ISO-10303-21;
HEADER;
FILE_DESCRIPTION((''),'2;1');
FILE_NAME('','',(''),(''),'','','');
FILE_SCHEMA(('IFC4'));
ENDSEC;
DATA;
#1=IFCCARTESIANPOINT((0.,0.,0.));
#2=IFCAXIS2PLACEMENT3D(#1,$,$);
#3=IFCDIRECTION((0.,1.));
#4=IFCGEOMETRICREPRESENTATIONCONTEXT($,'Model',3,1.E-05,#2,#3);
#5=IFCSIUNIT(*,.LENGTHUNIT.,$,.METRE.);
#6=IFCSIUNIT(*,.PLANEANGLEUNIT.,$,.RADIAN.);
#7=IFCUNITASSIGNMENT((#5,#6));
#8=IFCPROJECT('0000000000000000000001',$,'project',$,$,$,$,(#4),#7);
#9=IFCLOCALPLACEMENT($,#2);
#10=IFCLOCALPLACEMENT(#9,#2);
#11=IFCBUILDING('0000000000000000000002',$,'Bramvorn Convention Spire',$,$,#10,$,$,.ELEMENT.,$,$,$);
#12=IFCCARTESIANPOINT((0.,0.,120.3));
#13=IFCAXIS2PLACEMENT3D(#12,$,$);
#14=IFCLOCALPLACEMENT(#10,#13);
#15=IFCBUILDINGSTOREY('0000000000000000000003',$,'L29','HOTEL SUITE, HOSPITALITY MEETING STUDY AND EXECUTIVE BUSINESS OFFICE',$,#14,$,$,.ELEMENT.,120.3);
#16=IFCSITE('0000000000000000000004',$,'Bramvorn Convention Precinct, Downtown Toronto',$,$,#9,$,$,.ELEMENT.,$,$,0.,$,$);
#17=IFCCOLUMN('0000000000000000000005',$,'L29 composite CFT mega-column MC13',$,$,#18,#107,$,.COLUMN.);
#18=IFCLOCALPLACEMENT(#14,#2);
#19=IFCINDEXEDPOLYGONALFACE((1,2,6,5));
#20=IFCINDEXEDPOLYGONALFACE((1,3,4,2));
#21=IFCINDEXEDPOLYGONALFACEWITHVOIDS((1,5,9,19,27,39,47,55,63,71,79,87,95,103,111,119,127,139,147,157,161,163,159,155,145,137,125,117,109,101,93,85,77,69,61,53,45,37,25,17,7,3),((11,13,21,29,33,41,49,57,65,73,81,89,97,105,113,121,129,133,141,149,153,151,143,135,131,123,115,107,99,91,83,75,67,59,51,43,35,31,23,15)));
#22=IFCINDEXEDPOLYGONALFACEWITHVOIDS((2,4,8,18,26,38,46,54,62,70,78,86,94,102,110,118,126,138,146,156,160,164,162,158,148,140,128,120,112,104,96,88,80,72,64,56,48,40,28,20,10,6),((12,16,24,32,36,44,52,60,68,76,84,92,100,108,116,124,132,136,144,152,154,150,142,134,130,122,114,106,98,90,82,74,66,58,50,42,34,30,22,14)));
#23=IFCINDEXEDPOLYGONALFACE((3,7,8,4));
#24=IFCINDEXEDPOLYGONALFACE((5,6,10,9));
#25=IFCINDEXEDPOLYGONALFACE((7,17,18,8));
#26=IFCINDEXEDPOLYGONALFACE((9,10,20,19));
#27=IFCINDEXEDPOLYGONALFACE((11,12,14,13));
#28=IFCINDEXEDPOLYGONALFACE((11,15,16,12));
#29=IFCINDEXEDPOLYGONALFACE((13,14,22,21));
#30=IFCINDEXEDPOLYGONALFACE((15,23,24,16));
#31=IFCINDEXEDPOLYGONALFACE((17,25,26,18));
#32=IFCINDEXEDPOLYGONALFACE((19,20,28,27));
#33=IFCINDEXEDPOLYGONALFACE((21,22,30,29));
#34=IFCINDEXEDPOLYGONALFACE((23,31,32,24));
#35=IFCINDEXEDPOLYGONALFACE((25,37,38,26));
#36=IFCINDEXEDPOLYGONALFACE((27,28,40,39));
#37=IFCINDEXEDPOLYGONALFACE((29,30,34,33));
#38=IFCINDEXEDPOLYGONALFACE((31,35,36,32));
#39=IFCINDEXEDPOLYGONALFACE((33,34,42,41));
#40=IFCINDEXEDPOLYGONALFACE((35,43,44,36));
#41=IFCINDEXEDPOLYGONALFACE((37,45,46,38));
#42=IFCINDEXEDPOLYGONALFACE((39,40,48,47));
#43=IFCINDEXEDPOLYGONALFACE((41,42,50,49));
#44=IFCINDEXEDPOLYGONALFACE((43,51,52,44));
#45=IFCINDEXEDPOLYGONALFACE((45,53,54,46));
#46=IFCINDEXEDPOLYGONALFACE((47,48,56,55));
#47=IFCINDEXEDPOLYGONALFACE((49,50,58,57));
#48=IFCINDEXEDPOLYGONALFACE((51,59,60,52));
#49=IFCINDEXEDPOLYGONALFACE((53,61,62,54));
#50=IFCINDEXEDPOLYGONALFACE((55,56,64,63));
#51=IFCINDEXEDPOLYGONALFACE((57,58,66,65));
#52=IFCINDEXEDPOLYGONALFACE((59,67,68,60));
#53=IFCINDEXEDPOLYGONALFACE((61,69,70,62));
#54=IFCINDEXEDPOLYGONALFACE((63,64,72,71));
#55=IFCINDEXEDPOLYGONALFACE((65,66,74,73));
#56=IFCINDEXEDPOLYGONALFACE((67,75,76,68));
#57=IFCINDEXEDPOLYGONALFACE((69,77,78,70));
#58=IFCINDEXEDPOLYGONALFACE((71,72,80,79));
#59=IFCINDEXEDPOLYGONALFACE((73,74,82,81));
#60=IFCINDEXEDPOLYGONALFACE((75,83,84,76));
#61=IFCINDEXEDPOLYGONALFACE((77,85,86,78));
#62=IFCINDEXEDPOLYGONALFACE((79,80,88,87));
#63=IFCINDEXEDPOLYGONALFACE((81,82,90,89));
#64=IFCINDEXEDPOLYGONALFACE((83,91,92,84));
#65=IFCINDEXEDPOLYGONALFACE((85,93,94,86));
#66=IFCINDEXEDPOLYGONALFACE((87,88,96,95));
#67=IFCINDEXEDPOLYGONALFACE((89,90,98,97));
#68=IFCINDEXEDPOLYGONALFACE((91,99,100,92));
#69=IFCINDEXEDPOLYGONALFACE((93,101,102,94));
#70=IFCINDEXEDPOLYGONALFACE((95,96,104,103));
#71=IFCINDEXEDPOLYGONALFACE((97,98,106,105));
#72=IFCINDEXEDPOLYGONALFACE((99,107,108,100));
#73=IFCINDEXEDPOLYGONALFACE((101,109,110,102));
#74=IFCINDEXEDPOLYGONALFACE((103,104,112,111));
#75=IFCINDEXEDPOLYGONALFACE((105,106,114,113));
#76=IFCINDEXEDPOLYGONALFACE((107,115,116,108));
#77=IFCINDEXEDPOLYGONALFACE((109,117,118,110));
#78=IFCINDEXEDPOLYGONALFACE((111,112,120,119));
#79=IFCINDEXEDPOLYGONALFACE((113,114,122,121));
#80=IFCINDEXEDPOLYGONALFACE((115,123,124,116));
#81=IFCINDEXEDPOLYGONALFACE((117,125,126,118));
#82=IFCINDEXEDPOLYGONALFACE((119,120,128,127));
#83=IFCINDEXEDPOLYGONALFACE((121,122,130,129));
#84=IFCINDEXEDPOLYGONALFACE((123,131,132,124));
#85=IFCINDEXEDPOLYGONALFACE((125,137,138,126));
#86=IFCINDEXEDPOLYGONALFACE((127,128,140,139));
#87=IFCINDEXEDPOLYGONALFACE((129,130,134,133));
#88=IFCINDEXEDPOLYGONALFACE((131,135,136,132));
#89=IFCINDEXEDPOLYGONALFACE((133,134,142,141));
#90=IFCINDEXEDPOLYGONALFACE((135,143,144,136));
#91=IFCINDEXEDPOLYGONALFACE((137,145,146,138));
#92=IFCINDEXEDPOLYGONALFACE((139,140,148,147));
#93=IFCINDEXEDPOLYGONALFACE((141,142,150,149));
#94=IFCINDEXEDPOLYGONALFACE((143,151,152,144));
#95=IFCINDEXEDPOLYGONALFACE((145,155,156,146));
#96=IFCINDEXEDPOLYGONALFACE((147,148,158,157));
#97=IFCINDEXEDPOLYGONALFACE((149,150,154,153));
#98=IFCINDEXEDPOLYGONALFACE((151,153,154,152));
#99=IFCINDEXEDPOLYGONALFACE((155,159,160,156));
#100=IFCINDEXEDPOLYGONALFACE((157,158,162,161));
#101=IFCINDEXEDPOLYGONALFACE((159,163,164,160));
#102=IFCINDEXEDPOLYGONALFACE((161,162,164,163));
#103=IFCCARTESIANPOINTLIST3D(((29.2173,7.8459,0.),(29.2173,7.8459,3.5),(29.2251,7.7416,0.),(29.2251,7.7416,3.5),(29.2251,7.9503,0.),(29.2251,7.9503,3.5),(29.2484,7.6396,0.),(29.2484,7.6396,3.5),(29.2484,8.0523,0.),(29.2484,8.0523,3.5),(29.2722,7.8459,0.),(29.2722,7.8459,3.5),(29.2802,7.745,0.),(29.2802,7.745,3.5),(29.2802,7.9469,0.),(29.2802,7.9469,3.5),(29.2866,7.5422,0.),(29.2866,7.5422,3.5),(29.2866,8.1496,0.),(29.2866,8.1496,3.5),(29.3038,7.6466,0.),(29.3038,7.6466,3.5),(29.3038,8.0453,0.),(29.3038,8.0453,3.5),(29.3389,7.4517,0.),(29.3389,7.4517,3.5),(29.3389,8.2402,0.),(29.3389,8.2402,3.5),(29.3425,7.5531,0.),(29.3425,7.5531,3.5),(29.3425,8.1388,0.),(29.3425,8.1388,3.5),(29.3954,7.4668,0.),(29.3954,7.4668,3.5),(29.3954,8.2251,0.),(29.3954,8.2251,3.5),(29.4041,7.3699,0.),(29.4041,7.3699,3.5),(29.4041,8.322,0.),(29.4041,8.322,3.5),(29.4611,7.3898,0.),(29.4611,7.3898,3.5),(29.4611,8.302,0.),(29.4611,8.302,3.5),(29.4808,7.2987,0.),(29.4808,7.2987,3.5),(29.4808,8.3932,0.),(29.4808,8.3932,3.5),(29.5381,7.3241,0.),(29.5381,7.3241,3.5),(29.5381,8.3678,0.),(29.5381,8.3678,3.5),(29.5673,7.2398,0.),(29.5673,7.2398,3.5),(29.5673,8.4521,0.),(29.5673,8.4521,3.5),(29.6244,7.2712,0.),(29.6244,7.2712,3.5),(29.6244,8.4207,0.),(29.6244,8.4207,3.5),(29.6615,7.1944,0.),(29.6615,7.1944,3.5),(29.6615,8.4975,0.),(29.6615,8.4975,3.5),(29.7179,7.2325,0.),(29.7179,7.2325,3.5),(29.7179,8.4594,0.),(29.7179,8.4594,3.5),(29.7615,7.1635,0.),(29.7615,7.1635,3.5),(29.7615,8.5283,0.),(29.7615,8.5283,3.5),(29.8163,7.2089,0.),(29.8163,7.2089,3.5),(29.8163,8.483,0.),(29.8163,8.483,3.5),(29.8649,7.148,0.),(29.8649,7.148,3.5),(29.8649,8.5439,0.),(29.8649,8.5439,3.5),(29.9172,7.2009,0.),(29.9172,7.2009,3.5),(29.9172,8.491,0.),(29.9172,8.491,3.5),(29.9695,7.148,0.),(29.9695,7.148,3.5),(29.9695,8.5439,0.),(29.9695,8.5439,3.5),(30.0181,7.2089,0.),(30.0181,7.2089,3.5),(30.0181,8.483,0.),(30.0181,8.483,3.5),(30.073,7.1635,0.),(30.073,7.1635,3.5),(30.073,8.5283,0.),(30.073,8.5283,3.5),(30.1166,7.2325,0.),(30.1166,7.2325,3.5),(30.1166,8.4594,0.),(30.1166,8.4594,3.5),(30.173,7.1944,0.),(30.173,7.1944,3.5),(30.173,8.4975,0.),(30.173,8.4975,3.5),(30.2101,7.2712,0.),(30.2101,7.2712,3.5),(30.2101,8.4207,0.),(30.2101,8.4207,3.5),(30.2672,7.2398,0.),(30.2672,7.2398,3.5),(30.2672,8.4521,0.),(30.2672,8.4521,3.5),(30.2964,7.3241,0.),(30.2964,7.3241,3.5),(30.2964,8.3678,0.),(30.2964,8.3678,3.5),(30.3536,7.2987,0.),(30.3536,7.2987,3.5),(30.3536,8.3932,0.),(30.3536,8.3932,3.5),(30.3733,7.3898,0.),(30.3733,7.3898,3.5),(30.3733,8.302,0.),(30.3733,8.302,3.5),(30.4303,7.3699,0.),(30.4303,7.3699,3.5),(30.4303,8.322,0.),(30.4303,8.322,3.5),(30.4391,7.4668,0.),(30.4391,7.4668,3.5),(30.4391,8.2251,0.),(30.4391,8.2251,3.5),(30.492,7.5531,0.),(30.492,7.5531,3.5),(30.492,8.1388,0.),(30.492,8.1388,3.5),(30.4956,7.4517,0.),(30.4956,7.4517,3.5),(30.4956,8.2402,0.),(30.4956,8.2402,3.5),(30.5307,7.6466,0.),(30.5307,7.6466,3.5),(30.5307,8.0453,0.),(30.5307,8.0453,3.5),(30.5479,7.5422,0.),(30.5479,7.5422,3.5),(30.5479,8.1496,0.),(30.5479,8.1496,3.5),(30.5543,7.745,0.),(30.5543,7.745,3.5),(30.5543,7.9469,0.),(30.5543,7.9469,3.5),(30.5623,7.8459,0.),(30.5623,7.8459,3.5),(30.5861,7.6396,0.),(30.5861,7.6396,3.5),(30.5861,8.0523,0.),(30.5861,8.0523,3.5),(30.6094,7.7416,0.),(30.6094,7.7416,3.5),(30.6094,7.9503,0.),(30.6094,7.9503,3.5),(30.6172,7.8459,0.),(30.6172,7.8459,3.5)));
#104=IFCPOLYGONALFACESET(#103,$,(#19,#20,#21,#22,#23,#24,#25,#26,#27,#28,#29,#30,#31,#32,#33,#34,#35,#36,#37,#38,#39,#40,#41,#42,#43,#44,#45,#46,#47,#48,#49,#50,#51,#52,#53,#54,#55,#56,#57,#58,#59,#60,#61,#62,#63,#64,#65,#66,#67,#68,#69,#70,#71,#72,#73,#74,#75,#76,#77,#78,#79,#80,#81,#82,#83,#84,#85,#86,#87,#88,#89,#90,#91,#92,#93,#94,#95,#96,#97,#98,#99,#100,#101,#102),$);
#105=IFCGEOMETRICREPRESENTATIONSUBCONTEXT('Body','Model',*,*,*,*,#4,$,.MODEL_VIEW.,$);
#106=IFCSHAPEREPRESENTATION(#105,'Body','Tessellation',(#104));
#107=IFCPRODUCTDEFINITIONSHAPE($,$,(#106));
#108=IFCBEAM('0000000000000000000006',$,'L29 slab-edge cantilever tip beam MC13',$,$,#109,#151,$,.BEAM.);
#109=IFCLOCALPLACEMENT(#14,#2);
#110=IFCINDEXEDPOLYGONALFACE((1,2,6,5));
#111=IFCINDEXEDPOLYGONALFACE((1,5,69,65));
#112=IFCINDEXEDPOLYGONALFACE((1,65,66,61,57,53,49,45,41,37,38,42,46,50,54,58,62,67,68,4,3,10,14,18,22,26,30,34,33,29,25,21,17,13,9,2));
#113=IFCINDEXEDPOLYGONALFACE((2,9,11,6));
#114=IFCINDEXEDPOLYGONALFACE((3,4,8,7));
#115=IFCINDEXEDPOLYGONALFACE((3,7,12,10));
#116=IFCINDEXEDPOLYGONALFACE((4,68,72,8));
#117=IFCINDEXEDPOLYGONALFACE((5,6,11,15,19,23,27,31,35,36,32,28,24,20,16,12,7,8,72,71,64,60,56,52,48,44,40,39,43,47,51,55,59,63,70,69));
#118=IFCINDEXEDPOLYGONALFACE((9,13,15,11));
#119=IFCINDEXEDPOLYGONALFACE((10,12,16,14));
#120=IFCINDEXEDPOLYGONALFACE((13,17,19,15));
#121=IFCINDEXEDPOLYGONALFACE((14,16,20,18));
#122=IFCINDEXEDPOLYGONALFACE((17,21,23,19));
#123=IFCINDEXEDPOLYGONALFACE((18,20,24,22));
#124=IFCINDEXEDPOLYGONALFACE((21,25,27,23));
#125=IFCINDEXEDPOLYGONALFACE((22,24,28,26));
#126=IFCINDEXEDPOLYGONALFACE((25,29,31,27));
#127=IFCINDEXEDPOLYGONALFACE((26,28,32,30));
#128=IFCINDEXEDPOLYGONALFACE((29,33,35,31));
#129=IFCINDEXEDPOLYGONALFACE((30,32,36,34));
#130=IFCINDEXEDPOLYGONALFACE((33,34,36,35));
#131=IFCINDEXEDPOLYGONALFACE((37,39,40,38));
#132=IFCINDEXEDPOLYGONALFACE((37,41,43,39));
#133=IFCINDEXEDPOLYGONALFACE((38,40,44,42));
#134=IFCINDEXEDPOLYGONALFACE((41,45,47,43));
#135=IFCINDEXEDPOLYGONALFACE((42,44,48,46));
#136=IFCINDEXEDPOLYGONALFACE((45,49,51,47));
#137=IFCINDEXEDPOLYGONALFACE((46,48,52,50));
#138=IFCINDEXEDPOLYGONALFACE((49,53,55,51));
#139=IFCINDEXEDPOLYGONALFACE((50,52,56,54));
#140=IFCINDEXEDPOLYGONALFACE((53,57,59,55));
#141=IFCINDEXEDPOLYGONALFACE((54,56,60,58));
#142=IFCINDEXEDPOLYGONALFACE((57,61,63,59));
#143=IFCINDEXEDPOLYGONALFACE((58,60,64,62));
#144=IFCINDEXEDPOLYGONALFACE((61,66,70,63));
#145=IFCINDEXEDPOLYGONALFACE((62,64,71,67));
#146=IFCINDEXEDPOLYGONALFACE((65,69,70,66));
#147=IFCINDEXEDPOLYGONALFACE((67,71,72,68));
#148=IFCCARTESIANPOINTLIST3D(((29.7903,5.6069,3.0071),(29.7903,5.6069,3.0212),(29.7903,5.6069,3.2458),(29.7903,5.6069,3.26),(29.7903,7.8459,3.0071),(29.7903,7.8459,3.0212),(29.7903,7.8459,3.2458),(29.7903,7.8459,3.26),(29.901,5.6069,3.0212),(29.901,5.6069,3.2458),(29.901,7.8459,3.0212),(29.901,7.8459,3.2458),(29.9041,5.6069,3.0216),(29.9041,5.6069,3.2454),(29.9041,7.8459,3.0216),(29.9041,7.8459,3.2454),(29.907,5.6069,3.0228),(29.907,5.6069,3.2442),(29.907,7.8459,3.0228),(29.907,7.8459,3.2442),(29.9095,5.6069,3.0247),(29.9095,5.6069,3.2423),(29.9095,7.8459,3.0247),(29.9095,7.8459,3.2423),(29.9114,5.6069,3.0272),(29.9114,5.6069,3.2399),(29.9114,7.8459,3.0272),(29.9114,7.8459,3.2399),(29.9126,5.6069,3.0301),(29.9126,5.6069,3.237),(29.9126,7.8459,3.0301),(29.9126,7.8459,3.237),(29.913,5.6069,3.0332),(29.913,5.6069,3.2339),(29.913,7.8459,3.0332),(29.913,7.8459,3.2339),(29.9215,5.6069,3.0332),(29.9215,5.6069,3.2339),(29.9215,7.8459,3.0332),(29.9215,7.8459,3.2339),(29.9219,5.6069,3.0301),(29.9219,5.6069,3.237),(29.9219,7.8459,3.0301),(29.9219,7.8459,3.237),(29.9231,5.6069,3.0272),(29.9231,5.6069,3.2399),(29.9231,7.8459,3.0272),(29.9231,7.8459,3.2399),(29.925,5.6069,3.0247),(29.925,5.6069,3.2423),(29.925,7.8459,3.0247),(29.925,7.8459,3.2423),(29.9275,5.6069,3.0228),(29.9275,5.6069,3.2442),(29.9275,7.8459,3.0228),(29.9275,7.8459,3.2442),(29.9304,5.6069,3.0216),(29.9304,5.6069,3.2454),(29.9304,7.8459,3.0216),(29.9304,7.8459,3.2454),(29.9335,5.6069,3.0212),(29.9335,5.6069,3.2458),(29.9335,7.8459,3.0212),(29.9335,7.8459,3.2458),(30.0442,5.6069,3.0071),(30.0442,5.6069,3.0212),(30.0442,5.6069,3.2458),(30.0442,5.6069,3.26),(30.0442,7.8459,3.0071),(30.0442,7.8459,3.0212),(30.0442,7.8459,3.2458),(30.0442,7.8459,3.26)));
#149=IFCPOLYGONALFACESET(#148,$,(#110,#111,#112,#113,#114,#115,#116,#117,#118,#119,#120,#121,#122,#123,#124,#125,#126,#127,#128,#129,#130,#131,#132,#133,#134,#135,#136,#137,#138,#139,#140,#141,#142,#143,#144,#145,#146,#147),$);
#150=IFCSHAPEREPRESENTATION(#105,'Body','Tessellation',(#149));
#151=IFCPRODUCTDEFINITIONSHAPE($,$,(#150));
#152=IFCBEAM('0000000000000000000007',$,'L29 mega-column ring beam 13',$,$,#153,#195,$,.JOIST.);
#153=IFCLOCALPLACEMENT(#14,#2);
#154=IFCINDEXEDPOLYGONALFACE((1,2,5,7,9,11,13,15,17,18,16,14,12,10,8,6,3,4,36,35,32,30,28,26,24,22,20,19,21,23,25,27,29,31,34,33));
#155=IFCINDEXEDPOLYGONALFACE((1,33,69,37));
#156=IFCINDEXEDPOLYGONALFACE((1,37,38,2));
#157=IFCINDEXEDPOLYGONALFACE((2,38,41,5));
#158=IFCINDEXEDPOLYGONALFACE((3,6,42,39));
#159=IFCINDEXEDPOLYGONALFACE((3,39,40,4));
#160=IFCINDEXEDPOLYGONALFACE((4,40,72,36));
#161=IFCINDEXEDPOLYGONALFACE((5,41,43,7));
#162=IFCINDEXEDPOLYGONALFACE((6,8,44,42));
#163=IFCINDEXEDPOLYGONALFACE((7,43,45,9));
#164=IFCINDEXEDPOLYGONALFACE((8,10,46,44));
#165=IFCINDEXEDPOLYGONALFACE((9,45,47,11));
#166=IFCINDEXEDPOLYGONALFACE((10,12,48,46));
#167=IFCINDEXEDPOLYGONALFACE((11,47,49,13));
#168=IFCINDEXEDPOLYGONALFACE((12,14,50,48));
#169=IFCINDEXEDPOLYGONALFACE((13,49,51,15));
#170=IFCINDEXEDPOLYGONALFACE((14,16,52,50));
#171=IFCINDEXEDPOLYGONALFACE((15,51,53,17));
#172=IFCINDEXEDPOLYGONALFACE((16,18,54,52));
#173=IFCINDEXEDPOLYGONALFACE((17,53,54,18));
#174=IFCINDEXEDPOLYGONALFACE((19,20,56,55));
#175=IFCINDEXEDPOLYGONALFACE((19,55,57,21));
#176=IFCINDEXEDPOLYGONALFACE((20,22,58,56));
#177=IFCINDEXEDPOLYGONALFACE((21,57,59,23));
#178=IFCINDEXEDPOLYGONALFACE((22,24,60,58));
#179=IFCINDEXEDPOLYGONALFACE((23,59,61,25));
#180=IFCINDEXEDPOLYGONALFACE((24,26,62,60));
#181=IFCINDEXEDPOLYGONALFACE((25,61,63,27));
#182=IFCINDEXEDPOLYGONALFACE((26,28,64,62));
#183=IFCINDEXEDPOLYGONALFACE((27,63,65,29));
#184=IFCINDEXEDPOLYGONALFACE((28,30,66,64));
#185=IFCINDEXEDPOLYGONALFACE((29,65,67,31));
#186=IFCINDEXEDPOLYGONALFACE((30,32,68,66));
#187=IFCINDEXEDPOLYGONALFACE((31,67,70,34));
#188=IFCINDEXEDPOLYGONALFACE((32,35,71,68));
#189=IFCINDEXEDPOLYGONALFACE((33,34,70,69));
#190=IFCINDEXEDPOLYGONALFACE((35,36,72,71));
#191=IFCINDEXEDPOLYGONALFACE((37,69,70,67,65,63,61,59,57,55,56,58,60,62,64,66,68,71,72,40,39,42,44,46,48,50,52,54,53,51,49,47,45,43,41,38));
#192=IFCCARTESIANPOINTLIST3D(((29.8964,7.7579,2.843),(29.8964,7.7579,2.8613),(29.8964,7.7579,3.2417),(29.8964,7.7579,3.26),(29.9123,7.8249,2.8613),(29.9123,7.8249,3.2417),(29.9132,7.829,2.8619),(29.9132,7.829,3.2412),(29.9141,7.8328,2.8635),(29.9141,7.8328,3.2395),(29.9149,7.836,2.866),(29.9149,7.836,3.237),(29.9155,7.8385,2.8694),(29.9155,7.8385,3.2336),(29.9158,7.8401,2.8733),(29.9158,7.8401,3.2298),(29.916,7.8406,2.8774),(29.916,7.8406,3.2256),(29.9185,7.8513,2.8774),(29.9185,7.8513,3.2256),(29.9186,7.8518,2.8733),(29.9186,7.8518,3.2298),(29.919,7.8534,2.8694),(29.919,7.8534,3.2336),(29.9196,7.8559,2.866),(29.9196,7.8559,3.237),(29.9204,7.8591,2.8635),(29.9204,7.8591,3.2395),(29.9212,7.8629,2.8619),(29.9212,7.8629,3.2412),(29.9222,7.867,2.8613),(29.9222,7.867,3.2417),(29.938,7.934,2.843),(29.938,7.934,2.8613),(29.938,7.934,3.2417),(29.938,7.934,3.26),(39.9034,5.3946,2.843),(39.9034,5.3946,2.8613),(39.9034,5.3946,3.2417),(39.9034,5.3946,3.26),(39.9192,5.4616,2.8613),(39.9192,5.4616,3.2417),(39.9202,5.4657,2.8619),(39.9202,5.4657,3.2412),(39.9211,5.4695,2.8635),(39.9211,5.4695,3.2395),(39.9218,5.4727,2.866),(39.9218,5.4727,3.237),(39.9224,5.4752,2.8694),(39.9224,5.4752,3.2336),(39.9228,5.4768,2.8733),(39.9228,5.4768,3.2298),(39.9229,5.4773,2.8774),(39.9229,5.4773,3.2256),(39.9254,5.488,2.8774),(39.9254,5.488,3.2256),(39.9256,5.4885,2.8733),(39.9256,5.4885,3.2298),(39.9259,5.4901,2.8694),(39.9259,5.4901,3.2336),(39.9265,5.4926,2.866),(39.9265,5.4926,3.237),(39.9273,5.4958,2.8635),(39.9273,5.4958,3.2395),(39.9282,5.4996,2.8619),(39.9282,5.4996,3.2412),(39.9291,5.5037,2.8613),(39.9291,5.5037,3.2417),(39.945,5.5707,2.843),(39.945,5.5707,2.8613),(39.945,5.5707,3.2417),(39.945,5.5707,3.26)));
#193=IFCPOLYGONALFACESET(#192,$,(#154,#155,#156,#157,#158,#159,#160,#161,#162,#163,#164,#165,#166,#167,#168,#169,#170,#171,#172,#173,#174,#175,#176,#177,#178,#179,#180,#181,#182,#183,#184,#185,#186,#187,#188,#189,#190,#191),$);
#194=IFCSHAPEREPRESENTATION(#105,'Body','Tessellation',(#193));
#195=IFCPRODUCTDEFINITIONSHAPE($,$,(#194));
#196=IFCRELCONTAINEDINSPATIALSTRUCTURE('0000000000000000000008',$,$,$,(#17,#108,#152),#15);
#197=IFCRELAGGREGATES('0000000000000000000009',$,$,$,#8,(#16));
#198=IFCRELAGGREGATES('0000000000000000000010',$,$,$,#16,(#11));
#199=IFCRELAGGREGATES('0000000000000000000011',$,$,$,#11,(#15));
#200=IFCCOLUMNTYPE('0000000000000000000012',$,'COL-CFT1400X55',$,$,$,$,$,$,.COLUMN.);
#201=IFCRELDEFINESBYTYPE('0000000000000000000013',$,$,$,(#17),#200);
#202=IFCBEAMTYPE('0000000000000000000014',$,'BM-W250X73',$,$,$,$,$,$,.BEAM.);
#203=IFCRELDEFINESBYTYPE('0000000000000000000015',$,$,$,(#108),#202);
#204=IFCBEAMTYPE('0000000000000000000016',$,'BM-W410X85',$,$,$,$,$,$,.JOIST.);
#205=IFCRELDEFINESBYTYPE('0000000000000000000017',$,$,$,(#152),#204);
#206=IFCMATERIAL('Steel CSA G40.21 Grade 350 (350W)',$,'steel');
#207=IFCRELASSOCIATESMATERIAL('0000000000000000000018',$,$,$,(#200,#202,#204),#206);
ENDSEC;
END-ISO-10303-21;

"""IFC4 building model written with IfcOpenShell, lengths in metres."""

from ifc_helpers import new_model, si_unit, direction, frame, origin, origin_2d, place, context, subcontext, project, spatial, hollow_circle, i_section, extrude, material, material_profile, profile_set, type_object, element, save


model = new_model("IFC4")

# Units and contexts
model_context = context("Model", 3, precision=1e-05, world=origin(), true_north=direction((0.0, 1.0)))
body_context = subcontext(model_context, "Body", "Model", "MODEL_VIEW")
ifc_project = project(units=[si_unit("LENGTHUNIT", "METRE"), si_unit("PLANEANGLEUNIT", "RADIAN")], contexts=[model_context])

# Site, building, storey
site_placement = place(None, origin())
site = spatial("IfcSite", under=ifc_project, at=site_placement, Name="Bramvorn Convention Precinct, Downtown Toronto", CompositionType="ELEMENT", RefElevation=0.0)
building_placement = place(site_placement, origin())
building = spatial("IfcBuilding", under=site, at=building_placement, Name="Bramvorn Convention Spire", CompositionType="ELEMENT")
storey_placement = place(building_placement, frame((0.0, 0.0, 120.3)))
storey = spatial("IfcBuildingStorey", under=building, at=storey_placement, Name="L29", Description="HOTEL SUITE, HOSPITALITY MEETING STUDY AND EXECUTIVE BUSINESS OFFICE", CompositionType="ELEMENT", Elevation=120.3)

# Column
ifc_material_1 = material(Name="Steel CSA G40.21 Grade 350 (350W)", Category="steel")
ifc_material_profile_1 = material_profile(ifc_material_1, hollow_circle(Radius=0.7, WallThickness=0.0549, at=origin_2d()))
ifc_profile_set_1 = profile_set([ifc_material_profile_1], Name="Steel CSA G40.21 Grade 350 (350W) - CFT1400X55")
column_type = type_object("IfcColumnType", Name="COL-CFT1400X55", PredefinedType="COLUMN", material=ifc_profile_set_1)
column_placement = place(storey_placement, frame((29.9172, 7.8459, 0.0), z_axis=(0.0, 0.0, 1.0), x_axis=(1.0, 0.0, 0.0)))
element("IfcColumn", 1, at=column_placement, inside=storey, type_object=column_type, Name="L29 composite CFT mega-column MC13", PredefinedType="COLUMN", context=body_context, shape_type="SweptSolid", body=[
    extrude(hollow_circle(Radius=0.7, WallThickness=0.0549, at=origin_2d()), origin(), (0.0, 0.0, 1.0), 3.5),
])

# Beams
ifc_material_profile_2 = material_profile(ifc_material_1, i_section(OverallWidth=0.2539, OverallDepth=0.2529, WebThickness=0.0085, FlangeThickness=0.0142, FilletRadius=0.012, at=origin_2d()))
ifc_profile_set_2 = profile_set([ifc_material_profile_2], Name="Steel CSA G40.21 Grade 350 (350W) - W250X73")
beam_type_1 = type_object("IfcBeamType", Name="BM-W250X73", PredefinedType="BEAM", material=ifc_profile_set_2)
beam_1_placement = place(storey_placement, frame((29.9172, 7.8459, 3.1335), z_axis=(0.0, -1.0, 0.0), x_axis=(1.0, 0.0, 0.0)))
element("IfcBeam", 2, at=beam_1_placement, inside=storey, type_object=beam_type_1, Name="L29 slab-edge cantilever tip beam MC13", PredefinedType="BEAM", context=body_context, shape_type="SweptSolid", body=[
    extrude(i_section(OverallWidth=0.2539, OverallDepth=0.2529, WebThickness=0.0085, FlangeThickness=0.0142, FilletRadius=0.012, at=origin_2d()), origin(), (0.0, 0.0, 1.0), 2.239),
])
ifc_material_profile_3 = material_profile(ifc_material_1, i_section(OverallWidth=0.1809, OverallDepth=0.417, WebThickness=0.011, FlangeThickness=0.0183, FilletRadius=0.0161, at=origin_2d()))
ifc_profile_set_3 = profile_set([ifc_material_profile_3], Name="Steel CSA G40.21 Grade 350 (350W) - W410X85")
beam_type_2 = type_object("IfcBeamType", Name="BM-W410X85", PredefinedType="JOIST", material=ifc_profile_set_3)
beam_2_placement = place(storey_placement, frame((29.9172, 7.8459, 3.0515), z_axis=(0.973228, -0.229844, 0.0), x_axis=(0.229844, 0.973228, 0.0)))
element("IfcBeam", 3, at=beam_2_placement, inside=storey, type_object=beam_type_2, Name="L29 mega-column ring beam 13", PredefinedType="JOIST", context=body_context, shape_type="SweptSolid", body=[
    extrude(i_section(OverallWidth=0.1809, OverallDepth=0.417, WebThickness=0.011, FlangeThickness=0.0183, FilletRadius=0.0161, at=origin_2d()), origin(), (0.0, 0.0, 1.0), 10.2822),
])

save(model, "model.ifc")
